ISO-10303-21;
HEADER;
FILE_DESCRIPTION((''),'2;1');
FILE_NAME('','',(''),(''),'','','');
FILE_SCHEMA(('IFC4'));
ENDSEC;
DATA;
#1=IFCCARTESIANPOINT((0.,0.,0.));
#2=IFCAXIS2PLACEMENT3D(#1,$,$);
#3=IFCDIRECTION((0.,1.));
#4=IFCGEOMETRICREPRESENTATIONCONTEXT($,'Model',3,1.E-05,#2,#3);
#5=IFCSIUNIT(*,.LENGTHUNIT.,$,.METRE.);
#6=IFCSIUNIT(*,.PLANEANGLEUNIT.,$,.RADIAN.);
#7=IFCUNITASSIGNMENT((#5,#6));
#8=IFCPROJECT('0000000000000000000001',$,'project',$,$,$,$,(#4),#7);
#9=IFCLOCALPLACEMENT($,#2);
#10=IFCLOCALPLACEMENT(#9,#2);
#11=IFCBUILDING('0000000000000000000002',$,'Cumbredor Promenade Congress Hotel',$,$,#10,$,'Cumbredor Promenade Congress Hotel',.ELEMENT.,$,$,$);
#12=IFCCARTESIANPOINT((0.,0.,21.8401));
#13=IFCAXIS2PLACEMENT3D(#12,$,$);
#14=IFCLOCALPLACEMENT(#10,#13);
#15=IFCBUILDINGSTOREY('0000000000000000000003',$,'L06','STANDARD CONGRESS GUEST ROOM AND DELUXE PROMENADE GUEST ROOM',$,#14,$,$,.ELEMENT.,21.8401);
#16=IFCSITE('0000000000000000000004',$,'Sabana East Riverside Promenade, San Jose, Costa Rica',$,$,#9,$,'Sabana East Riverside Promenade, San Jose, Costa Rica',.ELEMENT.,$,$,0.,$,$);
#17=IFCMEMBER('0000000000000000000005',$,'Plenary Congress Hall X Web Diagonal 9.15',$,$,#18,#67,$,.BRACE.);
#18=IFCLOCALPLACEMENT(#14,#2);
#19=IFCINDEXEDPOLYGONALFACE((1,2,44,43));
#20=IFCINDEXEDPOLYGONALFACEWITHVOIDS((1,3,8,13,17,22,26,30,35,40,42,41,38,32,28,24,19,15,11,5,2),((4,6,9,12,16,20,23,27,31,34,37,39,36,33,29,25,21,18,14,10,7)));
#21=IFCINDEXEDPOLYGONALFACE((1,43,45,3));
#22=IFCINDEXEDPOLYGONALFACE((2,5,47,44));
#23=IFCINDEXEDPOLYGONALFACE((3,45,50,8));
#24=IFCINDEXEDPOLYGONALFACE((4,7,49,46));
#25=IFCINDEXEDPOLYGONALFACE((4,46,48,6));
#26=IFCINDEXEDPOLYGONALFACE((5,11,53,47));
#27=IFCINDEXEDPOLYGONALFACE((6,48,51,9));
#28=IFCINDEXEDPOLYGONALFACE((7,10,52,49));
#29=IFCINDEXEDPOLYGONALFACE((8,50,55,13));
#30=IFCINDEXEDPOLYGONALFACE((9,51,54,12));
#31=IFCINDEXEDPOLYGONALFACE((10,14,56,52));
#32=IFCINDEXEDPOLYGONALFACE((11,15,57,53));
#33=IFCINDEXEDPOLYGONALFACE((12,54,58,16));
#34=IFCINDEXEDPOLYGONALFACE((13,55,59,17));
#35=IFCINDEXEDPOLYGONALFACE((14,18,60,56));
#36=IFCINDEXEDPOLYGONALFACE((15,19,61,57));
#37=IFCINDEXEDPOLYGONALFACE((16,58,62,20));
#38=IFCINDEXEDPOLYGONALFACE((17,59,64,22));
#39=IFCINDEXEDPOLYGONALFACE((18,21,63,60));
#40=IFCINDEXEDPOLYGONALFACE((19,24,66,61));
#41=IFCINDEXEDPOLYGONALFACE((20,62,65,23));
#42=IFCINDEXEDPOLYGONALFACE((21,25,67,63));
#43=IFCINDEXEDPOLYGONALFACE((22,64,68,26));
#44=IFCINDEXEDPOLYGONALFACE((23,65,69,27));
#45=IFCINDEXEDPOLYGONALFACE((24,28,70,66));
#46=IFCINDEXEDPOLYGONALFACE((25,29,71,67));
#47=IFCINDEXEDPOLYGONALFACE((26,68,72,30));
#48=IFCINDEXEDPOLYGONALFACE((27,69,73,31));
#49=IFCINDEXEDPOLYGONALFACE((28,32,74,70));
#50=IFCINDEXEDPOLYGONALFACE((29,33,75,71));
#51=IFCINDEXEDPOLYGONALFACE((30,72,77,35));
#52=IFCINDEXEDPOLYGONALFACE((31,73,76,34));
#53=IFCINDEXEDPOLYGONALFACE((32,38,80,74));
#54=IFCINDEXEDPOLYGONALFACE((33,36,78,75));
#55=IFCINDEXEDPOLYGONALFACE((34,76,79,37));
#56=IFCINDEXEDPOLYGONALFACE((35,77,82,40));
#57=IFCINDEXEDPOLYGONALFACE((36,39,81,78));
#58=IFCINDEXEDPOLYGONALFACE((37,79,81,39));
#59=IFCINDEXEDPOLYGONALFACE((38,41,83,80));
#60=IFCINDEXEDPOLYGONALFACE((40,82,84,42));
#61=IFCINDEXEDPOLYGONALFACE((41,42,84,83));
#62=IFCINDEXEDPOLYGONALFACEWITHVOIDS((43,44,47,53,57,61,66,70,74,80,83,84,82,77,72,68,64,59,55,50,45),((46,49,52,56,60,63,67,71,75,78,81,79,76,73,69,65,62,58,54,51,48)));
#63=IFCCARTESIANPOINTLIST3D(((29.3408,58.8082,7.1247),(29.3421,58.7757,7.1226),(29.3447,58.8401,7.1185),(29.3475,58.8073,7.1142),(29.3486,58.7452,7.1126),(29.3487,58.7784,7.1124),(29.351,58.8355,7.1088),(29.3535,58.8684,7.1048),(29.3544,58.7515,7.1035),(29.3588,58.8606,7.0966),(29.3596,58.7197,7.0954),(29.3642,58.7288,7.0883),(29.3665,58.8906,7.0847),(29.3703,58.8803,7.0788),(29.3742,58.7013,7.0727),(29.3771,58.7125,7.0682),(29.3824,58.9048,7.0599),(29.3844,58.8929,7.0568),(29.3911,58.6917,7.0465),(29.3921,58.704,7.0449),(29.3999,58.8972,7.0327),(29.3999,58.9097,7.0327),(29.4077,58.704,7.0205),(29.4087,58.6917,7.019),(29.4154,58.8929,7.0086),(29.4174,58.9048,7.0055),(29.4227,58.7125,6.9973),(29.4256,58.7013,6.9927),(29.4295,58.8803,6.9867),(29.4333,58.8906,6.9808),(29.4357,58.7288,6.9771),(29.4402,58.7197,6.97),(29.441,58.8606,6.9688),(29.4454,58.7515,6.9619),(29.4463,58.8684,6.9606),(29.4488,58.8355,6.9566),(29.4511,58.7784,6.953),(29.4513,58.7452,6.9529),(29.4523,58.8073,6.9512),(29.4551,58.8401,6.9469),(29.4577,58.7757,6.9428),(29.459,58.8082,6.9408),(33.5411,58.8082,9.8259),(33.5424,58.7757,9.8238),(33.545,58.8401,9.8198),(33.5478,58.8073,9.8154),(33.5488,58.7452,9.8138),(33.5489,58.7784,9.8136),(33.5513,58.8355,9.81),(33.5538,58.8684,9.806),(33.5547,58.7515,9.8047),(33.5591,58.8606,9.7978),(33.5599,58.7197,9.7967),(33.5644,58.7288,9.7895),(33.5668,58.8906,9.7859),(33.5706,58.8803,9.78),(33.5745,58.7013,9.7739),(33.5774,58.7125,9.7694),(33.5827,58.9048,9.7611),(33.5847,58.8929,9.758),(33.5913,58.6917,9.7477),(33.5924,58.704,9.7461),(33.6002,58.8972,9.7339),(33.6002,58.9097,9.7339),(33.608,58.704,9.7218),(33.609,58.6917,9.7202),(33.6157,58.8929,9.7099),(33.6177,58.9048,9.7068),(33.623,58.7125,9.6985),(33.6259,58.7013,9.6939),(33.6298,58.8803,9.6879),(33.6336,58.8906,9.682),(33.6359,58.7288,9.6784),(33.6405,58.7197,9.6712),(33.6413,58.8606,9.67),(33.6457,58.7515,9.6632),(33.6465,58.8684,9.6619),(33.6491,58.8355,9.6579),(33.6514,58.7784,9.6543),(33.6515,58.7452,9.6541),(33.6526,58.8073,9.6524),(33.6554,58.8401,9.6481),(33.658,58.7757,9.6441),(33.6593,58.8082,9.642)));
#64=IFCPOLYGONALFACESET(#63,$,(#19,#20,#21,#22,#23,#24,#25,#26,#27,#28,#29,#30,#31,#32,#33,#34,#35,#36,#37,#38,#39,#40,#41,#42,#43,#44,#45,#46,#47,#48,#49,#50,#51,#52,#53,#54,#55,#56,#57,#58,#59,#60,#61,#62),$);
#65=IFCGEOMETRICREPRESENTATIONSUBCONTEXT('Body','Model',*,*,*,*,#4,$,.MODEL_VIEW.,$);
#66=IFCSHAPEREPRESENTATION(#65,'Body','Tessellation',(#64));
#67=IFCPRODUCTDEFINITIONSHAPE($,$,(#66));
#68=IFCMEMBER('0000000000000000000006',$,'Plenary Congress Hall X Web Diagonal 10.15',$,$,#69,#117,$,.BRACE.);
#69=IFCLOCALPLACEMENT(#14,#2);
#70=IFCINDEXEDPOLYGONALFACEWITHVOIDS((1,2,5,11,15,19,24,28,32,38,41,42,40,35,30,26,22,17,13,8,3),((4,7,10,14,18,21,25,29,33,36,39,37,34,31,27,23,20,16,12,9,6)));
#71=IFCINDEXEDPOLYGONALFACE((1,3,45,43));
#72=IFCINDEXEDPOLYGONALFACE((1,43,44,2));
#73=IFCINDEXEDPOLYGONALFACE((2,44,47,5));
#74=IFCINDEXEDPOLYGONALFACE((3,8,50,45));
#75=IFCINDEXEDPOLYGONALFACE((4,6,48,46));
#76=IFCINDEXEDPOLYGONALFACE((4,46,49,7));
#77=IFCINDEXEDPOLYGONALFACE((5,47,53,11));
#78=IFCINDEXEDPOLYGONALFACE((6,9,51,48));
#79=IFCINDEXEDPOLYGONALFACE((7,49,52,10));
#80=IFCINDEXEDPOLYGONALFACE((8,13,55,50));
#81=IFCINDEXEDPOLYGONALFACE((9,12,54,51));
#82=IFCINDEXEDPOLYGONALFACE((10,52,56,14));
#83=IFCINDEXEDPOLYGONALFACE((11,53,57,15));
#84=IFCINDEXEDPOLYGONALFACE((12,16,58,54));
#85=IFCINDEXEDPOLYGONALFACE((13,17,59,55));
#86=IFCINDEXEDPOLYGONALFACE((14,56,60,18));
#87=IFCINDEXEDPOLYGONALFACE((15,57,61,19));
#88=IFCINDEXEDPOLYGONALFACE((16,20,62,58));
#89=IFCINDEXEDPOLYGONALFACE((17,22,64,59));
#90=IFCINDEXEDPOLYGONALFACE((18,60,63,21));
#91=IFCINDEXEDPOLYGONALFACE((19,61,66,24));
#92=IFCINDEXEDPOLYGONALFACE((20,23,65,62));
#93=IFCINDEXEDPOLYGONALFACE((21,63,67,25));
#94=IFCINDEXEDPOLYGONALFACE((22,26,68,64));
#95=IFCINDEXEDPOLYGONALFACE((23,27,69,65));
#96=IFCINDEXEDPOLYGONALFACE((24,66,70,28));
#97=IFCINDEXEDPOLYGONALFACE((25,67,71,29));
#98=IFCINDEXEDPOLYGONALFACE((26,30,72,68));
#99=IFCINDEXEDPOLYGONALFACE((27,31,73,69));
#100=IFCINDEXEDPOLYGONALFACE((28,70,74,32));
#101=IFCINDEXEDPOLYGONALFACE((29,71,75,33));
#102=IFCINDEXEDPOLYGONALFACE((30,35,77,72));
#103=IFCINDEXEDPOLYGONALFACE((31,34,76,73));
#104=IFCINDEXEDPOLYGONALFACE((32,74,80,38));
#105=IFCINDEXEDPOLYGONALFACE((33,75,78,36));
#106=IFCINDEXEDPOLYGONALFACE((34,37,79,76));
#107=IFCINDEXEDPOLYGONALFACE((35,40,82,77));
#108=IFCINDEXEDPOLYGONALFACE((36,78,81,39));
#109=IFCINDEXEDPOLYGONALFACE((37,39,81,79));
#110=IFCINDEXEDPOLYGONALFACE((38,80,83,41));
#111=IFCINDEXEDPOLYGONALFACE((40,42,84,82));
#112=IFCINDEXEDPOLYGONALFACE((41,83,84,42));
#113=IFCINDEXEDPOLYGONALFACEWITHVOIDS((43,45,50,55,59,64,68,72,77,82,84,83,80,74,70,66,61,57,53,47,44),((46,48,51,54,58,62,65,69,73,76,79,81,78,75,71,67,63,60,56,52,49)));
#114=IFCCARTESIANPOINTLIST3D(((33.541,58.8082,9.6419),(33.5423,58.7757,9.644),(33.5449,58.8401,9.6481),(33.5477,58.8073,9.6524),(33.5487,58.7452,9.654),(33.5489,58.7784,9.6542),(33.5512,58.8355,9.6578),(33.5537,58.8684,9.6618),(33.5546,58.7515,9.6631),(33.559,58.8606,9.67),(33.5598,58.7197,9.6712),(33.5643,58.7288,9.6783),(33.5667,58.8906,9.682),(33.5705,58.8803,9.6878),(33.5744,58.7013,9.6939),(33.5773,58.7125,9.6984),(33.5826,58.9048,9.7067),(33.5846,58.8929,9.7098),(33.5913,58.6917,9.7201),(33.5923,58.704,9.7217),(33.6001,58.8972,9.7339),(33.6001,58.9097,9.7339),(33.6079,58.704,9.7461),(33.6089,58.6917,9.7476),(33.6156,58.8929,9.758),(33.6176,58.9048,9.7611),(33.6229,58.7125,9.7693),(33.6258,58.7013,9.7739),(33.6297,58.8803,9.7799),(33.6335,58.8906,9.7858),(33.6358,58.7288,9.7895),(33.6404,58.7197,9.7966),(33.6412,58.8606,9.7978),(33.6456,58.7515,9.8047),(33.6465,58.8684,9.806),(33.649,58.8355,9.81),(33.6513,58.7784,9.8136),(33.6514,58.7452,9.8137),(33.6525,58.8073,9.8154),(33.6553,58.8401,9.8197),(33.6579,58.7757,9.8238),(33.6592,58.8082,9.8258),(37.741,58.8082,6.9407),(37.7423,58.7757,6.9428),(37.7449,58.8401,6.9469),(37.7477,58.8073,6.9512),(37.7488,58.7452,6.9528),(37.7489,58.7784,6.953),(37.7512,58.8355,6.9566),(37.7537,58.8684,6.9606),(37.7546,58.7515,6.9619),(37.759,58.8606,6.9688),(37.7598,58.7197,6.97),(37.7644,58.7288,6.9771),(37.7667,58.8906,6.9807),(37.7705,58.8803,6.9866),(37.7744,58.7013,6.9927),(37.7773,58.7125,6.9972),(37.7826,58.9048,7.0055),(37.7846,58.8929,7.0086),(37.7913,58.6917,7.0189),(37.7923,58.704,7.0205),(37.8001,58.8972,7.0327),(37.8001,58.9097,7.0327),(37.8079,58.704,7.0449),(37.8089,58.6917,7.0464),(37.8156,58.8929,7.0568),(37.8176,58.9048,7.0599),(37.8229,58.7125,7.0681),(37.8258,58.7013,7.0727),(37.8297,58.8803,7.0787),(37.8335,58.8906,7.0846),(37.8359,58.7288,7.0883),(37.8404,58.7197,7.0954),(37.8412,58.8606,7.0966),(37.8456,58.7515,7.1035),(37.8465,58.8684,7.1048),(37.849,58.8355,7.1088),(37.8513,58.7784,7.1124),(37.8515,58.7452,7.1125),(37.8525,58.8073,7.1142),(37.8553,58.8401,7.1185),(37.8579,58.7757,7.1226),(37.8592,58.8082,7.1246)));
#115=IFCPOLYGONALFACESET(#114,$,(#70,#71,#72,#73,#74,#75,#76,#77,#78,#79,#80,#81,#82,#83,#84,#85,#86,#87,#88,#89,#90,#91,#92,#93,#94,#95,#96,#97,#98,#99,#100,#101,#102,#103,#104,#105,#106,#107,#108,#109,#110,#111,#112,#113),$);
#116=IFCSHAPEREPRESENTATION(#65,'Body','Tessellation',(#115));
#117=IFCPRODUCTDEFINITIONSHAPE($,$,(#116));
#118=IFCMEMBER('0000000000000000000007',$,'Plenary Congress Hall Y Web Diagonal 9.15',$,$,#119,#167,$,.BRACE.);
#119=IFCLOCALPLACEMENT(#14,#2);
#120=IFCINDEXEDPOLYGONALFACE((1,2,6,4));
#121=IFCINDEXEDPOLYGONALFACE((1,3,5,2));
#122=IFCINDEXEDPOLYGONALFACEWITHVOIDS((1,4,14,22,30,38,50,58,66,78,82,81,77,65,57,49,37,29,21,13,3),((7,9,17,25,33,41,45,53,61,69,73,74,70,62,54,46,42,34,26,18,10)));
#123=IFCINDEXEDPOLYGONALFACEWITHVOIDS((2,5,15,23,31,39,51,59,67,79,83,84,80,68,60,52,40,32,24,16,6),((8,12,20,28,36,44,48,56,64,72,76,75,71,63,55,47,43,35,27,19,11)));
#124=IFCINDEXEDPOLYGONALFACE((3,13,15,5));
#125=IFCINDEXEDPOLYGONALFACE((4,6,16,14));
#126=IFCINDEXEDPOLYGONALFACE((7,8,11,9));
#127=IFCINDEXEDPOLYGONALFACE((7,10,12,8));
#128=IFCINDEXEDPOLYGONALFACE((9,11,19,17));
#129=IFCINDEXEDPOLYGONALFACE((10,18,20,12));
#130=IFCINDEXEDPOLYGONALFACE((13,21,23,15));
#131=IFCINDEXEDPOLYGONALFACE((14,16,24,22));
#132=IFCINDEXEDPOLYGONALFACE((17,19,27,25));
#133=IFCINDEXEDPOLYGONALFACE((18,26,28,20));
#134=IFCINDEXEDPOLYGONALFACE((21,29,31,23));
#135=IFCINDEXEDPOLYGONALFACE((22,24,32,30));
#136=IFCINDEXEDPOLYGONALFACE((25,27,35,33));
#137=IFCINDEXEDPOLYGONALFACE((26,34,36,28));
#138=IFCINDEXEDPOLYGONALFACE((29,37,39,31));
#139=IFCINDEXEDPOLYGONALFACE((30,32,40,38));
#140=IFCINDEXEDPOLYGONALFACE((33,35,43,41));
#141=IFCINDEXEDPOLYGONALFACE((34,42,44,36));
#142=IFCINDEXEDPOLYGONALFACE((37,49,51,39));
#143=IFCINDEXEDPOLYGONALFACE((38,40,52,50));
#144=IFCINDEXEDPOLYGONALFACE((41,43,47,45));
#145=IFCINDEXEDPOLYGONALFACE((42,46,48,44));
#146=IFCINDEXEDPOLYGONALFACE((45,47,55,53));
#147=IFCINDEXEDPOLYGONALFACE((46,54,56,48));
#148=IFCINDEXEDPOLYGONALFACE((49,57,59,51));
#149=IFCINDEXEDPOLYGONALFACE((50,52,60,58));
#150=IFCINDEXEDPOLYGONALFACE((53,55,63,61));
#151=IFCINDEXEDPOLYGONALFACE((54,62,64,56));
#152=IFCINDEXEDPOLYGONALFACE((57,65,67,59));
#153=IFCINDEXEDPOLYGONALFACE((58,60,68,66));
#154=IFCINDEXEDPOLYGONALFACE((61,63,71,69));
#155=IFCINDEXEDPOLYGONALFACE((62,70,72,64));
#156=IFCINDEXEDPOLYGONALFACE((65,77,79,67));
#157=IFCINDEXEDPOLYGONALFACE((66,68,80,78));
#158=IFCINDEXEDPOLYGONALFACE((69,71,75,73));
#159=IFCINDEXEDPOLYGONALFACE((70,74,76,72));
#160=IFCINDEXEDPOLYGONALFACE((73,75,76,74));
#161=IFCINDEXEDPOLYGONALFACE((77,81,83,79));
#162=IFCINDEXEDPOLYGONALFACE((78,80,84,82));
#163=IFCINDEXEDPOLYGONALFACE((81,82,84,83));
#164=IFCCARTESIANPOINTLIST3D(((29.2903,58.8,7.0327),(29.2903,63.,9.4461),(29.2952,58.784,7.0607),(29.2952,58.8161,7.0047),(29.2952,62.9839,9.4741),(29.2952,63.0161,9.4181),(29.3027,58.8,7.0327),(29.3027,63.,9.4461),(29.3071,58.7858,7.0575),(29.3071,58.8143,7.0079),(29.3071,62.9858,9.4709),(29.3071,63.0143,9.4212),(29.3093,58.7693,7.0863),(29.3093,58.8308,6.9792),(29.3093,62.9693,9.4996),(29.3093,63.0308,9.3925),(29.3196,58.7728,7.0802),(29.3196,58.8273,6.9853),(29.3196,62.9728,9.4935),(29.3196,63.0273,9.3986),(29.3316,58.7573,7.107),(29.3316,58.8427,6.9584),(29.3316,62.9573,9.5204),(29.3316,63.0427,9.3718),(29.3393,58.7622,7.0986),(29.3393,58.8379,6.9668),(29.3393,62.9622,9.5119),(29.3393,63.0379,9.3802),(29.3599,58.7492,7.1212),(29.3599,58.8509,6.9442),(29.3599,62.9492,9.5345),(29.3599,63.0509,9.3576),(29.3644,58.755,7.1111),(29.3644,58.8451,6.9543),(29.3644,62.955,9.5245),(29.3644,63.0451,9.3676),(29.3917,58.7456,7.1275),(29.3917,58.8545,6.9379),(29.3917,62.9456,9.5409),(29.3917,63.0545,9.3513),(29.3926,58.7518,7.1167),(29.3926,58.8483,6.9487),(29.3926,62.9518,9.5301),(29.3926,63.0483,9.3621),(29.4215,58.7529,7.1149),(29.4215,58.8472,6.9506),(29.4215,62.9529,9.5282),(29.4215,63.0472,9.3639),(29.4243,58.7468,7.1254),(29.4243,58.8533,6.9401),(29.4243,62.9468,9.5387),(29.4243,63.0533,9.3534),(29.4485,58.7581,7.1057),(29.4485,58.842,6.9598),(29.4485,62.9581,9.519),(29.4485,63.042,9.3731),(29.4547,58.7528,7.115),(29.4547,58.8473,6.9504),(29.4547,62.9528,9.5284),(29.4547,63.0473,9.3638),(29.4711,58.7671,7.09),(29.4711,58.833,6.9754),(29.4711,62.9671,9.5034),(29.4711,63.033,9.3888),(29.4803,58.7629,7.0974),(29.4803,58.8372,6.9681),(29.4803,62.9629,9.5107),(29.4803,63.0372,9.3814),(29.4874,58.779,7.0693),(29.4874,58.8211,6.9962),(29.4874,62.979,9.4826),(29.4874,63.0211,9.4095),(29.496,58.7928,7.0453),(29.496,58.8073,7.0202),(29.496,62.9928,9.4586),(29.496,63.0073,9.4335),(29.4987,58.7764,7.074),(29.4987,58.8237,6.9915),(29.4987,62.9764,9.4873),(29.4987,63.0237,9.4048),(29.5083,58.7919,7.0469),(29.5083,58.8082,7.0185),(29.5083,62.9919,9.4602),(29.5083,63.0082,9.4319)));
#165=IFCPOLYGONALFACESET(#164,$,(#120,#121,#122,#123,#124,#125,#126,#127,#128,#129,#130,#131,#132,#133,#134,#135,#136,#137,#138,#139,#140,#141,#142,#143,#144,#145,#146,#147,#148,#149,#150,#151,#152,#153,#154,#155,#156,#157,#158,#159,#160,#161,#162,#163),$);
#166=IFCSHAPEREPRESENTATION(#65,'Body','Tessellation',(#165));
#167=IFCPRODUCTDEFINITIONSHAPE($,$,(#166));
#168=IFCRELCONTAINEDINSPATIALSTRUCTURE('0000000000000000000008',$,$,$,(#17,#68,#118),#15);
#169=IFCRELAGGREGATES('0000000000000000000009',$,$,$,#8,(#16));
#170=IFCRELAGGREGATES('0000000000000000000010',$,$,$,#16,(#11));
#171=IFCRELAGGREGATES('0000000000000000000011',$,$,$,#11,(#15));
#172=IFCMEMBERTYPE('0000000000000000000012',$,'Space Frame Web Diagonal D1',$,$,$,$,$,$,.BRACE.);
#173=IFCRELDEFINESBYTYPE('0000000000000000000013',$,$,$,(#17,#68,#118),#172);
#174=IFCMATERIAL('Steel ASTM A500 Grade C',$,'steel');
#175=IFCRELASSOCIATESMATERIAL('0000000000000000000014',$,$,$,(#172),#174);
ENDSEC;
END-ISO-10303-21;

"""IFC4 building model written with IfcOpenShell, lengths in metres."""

from ifc_helpers import new_model, si_unit, direction, frame, origin, origin_2d, place, context, subcontext, project, spatial, hollow_circle, extrude, material, material_profile, profile_set, type_object, element, save


model = new_model("IFC4")

# Units and contexts
model_context = context("Model", 3, precision=1e-05, world=origin(), true_north=direction((0.0, 1.0)))
body_context = subcontext(model_context, "Body", "Model", "MODEL_VIEW")
ifc_project = project(units=[si_unit("LENGTHUNIT", "METRE"), si_unit("PLANEANGLEUNIT", "RADIAN")], contexts=[model_context])

# Site, building, storey
site_placement = place(None, origin())
site = spatial("IfcSite", under=ifc_project, at=site_placement, Name="Sabana East Riverside Promenade, San Jose, Costa Rica", LongName="Sabana East Riverside Promenade, San Jose, Costa Rica", CompositionType="ELEMENT", RefElevation=0.0)
building_placement = place(site_placement, origin())
building = spatial("IfcBuilding", under=site, at=building_placement, Name="Cumbredor Promenade Congress Hotel", LongName="Cumbredor Promenade Congress Hotel", CompositionType="ELEMENT")
storey_placement = place(building_placement, frame((0.0, 0.0, 21.8401)))
storey = spatial("IfcBuildingStorey", under=building, at=storey_placement, Name="L06", Description="STANDARD CONGRESS GUEST ROOM AND DELUXE PROMENADE GUEST ROOM", CompositionType="ELEMENT", Elevation=21.8401)

# Members
ifc_material_1 = material(Name="Steel ASTM A500 Grade C", Category="steel")
ifc_material_profile_1 = material_profile(ifc_material_1, hollow_circle(Radius=0.1096, WallThickness=0.0125, at=origin_2d()), Name="CHS 219.1x12.5")
ifc_profile_set_1 = profile_set([ifc_material_profile_1], Name="Steel ASTM A500 Grade C")
member_type_1 = type_object("IfcMemberType", Name="Space Frame Web Diagonal D1", PredefinedType="BRACE", material=ifc_profile_set_1)
member_1_placement = place(storey_placement, frame((29.3999, 58.8, 7.0327), z_axis=(0.841083, 0.0, 0.540906), x_axis=(0.0, 1.0, 0.0)))
element("IfcMember", 1, at=member_1_placement, inside=storey, type_object=member_type_1, Name="Plenary Congress Hall X Web Diagonal 9.15", PredefinedType="BRACE", context=body_context, shape_type="SweptSolid", body=[
    extrude(hollow_circle(Radius=0.1096, WallThickness=0.0125, at=origin_2d()), origin(), (0.0, 0.0, 1.0), 4.9939),
])
member_2_placement = place(storey_placement, frame((33.6001, 58.8, 9.7339), z_axis=(0.841069, 0.0, -0.540928), x_axis=(0.0, 1.0, 0.0)))
element("IfcMember", 2, at=member_2_placement, inside=storey, type_object=member_type_1, Name="Plenary Congress Hall X Web Diagonal 10.15", PredefinedType="BRACE", context=body_context, shape_type="SweptSolid", body=[
    extrude(hollow_circle(Radius=0.1096, WallThickness=0.0125, at=origin_2d()), origin(), (0.0, 0.0, 1.0), 4.9937),
])
member_3_placement = place(storey_placement, frame((29.3999, 58.8, 7.0327), z_axis=(0.0, 0.867053, 0.498216), x_axis=(-1.0, 0.0, 0.0)))
element("IfcMember", 3, at=member_3_placement, inside=storey, type_object=member_type_1, Name="Plenary Congress Hall Y Web Diagonal 9.15", PredefinedType="BRACE", context=body_context, shape_type="SweptSolid", body=[
    extrude(hollow_circle(Radius=0.1096, WallThickness=0.0125, at=origin_2d()), origin(), (0.0, 0.0, 1.0), 4.844),
])

save(model, "model.ifc")
